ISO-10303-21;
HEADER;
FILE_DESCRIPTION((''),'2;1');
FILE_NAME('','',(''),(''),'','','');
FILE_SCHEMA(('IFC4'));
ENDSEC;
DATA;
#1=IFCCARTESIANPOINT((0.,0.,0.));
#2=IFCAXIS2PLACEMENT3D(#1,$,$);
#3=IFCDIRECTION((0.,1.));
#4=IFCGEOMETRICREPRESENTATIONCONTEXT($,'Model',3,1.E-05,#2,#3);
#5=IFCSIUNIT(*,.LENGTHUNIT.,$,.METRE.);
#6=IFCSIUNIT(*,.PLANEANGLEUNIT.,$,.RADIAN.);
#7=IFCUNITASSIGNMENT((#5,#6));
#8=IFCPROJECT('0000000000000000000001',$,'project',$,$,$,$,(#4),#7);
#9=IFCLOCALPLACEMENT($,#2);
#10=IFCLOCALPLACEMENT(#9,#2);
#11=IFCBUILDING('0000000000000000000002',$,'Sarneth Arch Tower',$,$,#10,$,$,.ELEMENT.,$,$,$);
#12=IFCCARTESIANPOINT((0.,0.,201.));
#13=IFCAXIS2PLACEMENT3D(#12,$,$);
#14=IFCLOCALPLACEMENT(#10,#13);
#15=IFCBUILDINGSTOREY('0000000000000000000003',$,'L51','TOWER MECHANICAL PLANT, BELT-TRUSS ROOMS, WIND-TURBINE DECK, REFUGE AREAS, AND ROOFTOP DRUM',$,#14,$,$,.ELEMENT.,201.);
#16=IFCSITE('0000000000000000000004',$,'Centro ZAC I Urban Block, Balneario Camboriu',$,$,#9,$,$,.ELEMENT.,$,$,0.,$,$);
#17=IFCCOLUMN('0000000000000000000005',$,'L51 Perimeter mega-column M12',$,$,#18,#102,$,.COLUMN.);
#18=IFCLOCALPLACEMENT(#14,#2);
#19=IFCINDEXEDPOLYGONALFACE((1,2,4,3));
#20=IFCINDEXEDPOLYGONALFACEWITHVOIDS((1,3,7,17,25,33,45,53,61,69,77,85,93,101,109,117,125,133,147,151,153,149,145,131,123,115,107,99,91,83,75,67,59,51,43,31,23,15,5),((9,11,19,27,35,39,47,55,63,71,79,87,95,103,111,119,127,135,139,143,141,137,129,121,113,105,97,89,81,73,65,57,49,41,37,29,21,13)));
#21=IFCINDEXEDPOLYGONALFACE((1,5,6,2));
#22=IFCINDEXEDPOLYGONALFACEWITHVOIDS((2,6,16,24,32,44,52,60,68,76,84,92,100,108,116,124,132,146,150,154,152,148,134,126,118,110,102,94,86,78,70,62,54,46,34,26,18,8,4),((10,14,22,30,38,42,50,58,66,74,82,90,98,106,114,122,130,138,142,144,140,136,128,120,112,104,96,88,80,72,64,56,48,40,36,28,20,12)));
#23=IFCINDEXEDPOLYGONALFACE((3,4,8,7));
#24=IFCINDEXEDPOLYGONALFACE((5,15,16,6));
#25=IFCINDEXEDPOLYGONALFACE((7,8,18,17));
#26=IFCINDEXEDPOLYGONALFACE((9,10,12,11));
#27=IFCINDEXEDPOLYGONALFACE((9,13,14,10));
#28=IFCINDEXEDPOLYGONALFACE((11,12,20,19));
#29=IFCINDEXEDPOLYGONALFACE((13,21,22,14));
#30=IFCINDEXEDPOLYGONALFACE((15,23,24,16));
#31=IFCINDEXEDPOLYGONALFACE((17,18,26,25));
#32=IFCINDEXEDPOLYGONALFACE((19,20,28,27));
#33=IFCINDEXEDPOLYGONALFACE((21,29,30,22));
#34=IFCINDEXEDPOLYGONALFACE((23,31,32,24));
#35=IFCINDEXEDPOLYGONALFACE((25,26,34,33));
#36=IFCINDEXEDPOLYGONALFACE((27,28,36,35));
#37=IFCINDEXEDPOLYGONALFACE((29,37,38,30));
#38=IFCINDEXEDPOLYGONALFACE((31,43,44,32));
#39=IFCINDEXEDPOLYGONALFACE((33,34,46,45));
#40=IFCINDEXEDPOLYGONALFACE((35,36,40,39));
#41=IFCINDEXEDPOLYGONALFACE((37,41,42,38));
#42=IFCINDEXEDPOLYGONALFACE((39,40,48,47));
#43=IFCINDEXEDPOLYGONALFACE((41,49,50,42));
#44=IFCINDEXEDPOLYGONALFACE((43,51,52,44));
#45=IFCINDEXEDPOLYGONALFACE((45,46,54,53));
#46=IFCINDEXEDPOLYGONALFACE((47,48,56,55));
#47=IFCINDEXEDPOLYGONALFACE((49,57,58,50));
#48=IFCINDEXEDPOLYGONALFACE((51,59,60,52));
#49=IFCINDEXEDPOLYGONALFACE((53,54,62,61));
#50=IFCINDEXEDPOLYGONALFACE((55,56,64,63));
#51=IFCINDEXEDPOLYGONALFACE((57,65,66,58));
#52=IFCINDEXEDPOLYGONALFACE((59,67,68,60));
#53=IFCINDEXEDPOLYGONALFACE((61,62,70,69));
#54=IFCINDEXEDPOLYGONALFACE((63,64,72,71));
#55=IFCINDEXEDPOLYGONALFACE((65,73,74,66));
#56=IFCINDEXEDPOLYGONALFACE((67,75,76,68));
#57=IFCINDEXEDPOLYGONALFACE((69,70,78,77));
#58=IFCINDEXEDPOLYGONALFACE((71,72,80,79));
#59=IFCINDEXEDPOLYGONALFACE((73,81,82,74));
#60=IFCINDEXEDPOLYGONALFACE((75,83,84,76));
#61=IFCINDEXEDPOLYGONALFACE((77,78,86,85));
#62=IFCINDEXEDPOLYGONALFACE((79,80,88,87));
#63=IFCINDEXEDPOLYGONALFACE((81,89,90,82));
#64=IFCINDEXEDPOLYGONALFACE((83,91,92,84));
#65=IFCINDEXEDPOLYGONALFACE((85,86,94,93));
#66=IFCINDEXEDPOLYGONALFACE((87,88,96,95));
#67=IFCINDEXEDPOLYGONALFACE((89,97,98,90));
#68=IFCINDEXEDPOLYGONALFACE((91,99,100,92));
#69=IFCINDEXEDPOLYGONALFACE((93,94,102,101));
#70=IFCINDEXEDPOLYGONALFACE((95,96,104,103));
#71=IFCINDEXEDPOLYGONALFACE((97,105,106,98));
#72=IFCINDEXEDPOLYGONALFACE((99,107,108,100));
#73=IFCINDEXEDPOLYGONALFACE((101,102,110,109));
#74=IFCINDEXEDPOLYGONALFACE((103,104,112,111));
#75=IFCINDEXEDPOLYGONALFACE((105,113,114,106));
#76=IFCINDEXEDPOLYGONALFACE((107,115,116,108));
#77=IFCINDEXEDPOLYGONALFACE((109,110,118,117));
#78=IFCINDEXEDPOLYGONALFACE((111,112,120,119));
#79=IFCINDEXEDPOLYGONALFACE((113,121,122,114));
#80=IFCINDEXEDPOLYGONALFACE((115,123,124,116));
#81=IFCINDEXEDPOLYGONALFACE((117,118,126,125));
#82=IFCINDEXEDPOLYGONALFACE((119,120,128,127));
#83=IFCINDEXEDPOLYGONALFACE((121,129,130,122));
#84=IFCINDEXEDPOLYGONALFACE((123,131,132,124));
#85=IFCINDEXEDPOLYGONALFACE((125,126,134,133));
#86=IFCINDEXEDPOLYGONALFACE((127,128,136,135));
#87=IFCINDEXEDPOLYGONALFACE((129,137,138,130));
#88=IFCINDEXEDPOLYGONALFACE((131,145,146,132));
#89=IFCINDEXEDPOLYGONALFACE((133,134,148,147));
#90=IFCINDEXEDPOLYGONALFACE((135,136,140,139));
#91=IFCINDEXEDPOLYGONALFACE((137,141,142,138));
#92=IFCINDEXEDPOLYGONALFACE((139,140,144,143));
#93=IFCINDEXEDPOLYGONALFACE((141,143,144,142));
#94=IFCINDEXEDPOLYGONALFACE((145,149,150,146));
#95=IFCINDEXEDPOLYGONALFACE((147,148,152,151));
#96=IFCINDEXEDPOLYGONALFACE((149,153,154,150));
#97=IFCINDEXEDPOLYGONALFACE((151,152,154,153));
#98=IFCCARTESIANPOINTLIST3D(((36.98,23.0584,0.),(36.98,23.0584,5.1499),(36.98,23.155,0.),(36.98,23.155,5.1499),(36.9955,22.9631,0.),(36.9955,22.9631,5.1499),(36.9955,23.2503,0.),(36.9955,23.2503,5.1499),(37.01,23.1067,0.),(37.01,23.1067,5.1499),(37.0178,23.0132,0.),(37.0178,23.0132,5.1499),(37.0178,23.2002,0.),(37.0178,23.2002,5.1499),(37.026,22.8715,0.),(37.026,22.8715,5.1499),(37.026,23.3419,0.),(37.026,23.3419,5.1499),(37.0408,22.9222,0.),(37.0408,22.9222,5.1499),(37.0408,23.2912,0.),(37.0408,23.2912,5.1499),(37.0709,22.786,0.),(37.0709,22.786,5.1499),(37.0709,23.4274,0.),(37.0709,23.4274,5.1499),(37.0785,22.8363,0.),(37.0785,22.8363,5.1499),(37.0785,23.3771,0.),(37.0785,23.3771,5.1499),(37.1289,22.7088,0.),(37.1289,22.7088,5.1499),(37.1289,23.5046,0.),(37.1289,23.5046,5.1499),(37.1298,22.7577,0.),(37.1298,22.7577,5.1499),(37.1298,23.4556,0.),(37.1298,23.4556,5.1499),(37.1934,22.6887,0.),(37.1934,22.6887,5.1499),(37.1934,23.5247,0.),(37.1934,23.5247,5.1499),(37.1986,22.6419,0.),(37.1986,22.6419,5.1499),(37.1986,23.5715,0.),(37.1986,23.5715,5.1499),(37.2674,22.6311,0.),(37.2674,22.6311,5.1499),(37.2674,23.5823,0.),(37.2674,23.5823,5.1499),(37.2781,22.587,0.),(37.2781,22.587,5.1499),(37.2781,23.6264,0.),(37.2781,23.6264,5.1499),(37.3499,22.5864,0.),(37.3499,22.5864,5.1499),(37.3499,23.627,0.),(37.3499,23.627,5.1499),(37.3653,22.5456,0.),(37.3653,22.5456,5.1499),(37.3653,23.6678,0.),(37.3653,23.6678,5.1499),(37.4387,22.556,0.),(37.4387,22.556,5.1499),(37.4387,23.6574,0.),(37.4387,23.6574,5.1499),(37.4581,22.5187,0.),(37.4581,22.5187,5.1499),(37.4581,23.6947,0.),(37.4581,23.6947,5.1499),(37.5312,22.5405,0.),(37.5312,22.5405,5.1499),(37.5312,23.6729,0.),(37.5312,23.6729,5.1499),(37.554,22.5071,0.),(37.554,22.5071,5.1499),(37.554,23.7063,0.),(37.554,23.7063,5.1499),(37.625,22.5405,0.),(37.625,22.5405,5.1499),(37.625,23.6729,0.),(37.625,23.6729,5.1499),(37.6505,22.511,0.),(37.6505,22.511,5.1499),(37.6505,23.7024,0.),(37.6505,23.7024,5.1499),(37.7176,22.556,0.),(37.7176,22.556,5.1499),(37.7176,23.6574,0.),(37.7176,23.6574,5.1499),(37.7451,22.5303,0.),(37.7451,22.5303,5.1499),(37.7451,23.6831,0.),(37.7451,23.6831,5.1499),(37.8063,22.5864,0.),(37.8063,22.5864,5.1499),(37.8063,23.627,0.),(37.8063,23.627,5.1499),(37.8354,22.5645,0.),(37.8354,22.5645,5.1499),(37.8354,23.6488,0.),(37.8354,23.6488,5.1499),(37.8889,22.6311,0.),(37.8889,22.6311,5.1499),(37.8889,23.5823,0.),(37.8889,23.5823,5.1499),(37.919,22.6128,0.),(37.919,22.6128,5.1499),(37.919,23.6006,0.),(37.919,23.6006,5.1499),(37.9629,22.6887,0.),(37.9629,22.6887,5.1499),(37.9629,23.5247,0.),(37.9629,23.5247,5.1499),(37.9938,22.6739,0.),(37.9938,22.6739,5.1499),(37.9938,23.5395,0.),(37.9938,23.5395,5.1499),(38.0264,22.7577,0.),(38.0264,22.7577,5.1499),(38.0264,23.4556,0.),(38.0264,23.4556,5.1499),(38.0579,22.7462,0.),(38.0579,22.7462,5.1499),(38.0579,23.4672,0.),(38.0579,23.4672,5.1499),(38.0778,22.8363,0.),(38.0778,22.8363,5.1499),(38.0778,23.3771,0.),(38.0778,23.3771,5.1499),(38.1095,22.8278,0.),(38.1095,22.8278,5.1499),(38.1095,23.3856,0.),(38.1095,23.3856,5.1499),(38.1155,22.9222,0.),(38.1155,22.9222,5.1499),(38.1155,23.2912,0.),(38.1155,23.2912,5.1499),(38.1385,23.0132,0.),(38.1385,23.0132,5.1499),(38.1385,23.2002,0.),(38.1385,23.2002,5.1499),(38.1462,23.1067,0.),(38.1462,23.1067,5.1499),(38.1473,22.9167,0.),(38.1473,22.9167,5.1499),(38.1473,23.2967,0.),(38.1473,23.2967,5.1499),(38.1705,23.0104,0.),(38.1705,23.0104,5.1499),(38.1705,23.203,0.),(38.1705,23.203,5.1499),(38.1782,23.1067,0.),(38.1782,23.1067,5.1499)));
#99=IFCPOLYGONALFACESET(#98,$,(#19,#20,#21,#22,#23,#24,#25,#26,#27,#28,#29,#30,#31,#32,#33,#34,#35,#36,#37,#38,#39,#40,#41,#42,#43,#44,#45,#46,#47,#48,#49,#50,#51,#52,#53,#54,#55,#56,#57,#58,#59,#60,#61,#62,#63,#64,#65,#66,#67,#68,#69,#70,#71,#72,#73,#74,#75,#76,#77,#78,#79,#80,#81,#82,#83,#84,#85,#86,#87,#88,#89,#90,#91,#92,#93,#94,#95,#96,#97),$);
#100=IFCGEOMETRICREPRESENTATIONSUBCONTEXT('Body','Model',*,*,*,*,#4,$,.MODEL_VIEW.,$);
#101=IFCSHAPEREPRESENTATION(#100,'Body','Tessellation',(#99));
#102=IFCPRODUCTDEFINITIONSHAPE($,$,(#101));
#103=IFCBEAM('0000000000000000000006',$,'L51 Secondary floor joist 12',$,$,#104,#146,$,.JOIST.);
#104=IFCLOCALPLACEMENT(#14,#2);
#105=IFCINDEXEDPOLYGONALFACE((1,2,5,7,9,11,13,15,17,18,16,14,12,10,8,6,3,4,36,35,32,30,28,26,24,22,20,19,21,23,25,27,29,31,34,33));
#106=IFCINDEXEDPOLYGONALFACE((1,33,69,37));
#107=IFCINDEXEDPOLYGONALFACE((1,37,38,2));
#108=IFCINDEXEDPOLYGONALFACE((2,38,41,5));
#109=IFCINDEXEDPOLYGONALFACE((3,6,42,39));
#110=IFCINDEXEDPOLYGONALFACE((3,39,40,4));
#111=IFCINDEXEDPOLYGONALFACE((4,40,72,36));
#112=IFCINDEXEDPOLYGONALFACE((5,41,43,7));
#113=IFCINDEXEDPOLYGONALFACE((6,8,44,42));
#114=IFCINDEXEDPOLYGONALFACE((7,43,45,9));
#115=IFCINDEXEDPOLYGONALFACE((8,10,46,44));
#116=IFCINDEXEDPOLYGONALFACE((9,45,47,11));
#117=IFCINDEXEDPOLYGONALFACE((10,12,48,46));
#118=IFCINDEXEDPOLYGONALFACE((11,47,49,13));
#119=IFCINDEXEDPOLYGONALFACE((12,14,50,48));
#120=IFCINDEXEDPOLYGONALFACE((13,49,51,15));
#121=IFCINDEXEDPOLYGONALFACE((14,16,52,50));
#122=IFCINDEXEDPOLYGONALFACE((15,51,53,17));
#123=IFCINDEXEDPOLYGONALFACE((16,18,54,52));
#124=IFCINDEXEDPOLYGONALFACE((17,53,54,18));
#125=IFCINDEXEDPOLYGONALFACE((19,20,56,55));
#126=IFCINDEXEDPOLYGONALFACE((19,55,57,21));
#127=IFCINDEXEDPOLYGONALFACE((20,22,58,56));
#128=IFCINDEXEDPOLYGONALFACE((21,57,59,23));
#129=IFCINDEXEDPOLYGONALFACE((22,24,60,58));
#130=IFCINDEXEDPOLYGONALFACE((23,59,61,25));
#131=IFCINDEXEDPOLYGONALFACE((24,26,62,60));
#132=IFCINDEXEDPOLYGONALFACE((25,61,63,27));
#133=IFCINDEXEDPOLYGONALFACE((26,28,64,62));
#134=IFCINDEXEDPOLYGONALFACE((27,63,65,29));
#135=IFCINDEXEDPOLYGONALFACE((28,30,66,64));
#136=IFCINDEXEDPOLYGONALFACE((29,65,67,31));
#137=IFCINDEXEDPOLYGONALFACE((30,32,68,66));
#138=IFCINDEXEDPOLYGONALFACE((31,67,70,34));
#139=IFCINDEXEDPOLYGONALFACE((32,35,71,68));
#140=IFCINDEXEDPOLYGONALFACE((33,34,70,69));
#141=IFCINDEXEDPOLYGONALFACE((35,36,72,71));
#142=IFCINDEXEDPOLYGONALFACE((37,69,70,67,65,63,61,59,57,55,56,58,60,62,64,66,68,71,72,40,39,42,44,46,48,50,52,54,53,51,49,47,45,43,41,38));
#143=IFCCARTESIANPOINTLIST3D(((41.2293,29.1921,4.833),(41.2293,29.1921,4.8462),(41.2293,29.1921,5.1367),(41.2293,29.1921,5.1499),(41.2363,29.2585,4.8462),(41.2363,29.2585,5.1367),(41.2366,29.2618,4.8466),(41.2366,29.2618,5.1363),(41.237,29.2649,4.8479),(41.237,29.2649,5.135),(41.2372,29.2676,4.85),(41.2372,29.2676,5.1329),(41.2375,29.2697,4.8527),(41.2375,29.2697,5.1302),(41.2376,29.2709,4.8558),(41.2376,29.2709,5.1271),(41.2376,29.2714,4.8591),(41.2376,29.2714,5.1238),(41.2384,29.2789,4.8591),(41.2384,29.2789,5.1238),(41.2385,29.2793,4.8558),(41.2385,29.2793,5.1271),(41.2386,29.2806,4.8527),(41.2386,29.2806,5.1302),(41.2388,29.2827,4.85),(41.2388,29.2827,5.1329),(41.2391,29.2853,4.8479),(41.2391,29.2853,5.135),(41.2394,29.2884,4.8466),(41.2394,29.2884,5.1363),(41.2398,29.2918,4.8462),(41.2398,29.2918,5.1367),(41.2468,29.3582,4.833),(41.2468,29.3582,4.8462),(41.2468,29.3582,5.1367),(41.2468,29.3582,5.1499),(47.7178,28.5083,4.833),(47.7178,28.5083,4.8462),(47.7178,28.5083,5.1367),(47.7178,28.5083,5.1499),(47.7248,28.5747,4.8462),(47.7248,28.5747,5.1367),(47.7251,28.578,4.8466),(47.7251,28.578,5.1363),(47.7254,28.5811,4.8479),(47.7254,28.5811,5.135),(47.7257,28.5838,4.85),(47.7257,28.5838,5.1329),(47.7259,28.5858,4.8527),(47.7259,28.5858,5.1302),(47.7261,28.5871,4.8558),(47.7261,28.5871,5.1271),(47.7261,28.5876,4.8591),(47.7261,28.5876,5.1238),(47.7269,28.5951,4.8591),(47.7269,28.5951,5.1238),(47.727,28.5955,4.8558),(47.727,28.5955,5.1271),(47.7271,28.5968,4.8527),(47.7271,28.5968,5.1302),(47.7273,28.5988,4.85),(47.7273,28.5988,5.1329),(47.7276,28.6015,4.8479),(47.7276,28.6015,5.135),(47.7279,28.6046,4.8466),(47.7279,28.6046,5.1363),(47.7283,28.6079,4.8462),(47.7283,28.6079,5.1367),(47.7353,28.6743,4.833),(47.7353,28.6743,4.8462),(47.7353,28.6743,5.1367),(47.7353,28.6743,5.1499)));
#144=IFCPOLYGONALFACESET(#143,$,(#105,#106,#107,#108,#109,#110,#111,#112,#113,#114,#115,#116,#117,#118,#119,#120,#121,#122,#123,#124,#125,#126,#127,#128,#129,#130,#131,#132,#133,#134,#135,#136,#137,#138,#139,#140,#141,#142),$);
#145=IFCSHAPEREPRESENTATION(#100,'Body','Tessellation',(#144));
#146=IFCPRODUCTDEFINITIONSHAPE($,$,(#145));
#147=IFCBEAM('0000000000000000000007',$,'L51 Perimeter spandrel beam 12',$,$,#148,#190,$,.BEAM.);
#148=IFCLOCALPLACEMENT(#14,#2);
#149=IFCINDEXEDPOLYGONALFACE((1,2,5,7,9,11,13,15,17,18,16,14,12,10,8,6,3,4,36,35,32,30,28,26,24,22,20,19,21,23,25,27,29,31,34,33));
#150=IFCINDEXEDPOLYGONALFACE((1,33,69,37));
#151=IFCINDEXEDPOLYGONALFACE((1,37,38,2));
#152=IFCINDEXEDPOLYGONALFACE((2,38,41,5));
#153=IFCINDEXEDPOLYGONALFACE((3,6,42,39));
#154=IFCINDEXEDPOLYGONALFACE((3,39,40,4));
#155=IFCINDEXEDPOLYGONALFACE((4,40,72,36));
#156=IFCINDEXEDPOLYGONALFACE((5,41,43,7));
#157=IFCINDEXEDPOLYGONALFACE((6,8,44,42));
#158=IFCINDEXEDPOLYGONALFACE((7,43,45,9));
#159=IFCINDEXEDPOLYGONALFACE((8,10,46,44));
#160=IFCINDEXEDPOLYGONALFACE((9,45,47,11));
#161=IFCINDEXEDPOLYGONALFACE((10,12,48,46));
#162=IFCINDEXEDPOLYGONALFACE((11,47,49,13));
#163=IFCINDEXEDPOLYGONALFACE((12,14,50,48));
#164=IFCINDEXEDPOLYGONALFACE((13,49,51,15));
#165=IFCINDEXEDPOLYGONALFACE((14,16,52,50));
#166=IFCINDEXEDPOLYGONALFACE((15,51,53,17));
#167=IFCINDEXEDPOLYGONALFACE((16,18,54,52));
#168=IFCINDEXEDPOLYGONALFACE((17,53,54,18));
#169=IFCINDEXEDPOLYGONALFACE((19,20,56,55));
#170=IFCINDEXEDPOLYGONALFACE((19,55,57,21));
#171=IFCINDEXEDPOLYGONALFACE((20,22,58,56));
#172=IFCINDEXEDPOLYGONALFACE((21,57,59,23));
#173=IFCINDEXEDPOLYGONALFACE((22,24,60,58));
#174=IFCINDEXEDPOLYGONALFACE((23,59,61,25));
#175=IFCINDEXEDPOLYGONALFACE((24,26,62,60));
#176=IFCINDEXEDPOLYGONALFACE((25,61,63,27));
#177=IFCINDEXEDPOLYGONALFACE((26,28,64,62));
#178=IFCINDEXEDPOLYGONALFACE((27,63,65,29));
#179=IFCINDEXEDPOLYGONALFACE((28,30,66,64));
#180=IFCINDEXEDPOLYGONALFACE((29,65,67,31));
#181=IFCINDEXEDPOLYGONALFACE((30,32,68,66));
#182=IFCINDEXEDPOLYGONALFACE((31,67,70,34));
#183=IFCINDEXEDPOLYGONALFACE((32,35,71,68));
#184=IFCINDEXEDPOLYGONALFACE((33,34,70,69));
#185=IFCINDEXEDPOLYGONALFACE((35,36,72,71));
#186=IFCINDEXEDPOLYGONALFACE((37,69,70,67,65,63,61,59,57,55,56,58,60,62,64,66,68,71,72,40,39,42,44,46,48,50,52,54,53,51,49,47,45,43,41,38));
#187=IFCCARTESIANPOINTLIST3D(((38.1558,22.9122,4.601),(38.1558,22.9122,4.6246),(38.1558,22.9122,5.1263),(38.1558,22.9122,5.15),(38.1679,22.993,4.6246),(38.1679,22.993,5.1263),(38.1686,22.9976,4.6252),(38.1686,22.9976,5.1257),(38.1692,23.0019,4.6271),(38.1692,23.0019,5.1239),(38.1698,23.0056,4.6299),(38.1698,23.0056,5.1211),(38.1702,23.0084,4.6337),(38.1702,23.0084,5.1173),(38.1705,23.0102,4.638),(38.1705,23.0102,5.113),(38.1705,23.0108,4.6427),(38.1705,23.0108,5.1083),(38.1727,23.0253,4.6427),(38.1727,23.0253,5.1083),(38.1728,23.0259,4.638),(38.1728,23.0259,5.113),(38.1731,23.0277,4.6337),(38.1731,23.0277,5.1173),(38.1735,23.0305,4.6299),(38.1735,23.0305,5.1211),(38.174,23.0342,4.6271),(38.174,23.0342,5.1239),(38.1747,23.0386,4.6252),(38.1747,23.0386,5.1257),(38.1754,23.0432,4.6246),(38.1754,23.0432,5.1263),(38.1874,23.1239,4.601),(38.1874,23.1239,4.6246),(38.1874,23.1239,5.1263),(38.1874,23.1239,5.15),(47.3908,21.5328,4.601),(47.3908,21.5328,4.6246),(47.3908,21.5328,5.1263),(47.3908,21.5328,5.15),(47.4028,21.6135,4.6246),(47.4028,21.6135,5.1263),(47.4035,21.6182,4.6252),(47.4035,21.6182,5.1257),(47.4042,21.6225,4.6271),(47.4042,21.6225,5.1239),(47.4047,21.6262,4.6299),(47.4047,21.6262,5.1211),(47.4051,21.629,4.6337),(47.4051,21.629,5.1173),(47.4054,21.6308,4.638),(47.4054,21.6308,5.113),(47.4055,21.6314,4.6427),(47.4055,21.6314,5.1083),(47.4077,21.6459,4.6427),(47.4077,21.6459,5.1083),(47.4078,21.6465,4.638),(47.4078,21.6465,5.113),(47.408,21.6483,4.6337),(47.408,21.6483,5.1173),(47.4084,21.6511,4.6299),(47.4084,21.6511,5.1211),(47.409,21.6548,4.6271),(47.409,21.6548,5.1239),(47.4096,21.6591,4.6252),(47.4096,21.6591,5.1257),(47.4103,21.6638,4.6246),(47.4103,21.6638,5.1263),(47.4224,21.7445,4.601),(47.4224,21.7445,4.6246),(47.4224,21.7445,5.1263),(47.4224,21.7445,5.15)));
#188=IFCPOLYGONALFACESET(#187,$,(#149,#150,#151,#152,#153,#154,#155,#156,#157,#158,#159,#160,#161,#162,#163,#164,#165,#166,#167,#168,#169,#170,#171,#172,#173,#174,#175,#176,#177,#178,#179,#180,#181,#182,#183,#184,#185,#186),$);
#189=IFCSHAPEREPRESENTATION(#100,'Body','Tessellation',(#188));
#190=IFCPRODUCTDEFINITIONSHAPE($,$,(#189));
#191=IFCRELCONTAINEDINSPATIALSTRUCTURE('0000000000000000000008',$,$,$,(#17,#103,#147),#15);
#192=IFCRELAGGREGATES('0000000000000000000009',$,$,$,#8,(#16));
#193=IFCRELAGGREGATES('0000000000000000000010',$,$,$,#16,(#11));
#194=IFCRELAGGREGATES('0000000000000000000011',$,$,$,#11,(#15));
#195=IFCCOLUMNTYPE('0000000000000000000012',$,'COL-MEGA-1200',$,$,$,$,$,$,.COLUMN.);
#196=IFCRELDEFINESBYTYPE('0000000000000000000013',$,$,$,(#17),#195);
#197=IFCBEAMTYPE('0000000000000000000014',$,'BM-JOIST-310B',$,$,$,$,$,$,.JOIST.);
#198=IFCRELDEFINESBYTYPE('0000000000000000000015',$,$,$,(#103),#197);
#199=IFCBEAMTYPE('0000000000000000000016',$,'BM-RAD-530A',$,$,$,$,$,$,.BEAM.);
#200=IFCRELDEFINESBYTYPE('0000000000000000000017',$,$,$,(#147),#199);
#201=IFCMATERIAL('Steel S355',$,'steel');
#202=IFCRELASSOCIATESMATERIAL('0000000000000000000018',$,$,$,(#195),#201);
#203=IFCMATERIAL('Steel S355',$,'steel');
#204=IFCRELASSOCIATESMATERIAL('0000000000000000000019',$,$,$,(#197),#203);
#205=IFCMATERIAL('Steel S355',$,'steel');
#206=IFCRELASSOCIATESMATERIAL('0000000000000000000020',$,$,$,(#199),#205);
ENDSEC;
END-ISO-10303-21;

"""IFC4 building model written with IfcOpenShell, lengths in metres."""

from ifc_helpers import new_model, si_unit, direction, frame, origin, origin_2d, place, context, subcontext, project, spatial, hollow_circle, i_section, extrude, material, material_profile, profile_set, type_object, element, save


model = new_model("IFC4")

# Units and contexts
model_context = context("Model", 3, precision=1e-05, world=origin(), true_north=direction((0.0, 1.0)))
body_context = subcontext(model_context, "Body", "Model", "MODEL_VIEW")
ifc_project = project(units=[si_unit("LENGTHUNIT", "METRE"), si_unit("PLANEANGLEUNIT", "RADIAN")], contexts=[model_context])

# Site, building, storey
site_placement = place(None, origin())
site = spatial("IfcSite", under=ifc_project, at=site_placement, Name="Centro ZAC I Urban Block, Balneario Camboriu", CompositionType="ELEMENT", RefElevation=0.0)
building_placement = place(site_placement, origin())
building = spatial("IfcBuilding", under=site, at=building_placement, Name="Sarneth Arch Tower", CompositionType="ELEMENT")
storey_placement = place(building_placement, frame((0.0, 0.0, 201.0)))
storey = spatial("IfcBuildingStorey", under=building, at=storey_placement, Name="L51", Description="TOWER MECHANICAL PLANT, BELT-TRUSS ROOMS, WIND-TURBINE DECK, REFUGE AREAS, AND ROOFTOP DRUM", CompositionType="ELEMENT", Elevation=201.0)

# Column
ifc_material_1 = material(Name="Steel S355", Category="steel")
ifc_material_profile_1 = material_profile(ifc_material_1, hollow_circle(Radius=0.6001, WallThickness=0.032, at=origin_2d()), Name="CHS1200x32")
ifc_profile_set_1 = profile_set([ifc_material_profile_1], Name="Steel S355")
column_type = type_object("IfcColumnType", Name="COL-MEGA-1200", PredefinedType="COLUMN", material=ifc_profile_set_1)
column_placement = place(storey_placement, frame((37.5781, 23.1067, 0.0), z_axis=(0.0, 0.0, 1.0), x_axis=(1.0, 0.0, 0.0)))
element("IfcColumn", 1, at=column_placement, inside=storey, type_object=column_type, Name="L51 Perimeter mega-column M12", PredefinedType="COLUMN", context=body_context, shape_type="SweptSolid", body=[
    extrude(hollow_circle(Radius=0.6001, WallThickness=0.032, at=origin_2d()), origin(), (0.0, 0.0, 1.0), 5.1499),
])

# Beams
ifc_material_2 = material(Name="Steel S355", Category="steel")
ifc_material_profile_2 = material_profile(ifc_material_2, i_section(OverallWidth=0.167, OverallDepth=0.3169, WebThickness=0.0076, FlangeThickness=0.0132, FilletRadius=0.0129, at=origin_2d()), Name="W310x52")
ifc_profile_set_2 = profile_set([ifc_material_profile_2], Name="Steel S355")
beam_type_1 = type_object("IfcBeamType", Name="BM-JOIST-310B", PredefinedType="JOIST", material=ifc_profile_set_2)
beam_1_placement = place(storey_placement, frame((41.238, 29.2751, 4.9915), z_axis=(0.994492, -0.104811, 0.0), x_axis=(0.104811, 0.994492, 0.0)))
element("IfcBeam", 2, at=beam_1_placement, inside=storey, type_object=beam_type_1, Name="L51 Secondary floor joist 12", PredefinedType="JOIST", context=body_context, shape_type="SweptSolid", body=[
    extrude(i_section(OverallWidth=0.167, OverallDepth=0.3169, WebThickness=0.0076, FlangeThickness=0.0132, FilletRadius=0.0129, at=origin_2d()), origin(), (0.0, 0.0, 1.0), 6.5244),
])
ifc_material_3 = material(Name="Steel S355", Category="steel")
ifc_material_profile_3 = material_profile(ifc_material_3, i_section(OverallWidth=0.2141, OverallDepth=0.5491, WebThickness=0.0146, FlangeThickness=0.0237, FilletRadius=0.0181, at=origin_2d()), Name="W530x138")
ifc_profile_set_3 = profile_set([ifc_material_profile_3], Name="Steel S355")
beam_type_2 = type_object("IfcBeamType", Name="BM-RAD-530A", PredefinedType="BEAM", material=ifc_profile_set_3)
beam_2_placement = place(storey_placement, frame((38.1716, 23.0181, 4.8755), z_axis=(0.989028, -0.147729, 0.0), x_axis=(0.147729, 0.989028, 0.0)))
element("IfcBeam", 3, at=beam_2_placement, inside=storey, type_object=beam_type_2, Name="L51 Perimeter spandrel beam 12", PredefinedType="BEAM", context=body_context, shape_type="SweptSolid", body=[
    extrude(i_section(OverallWidth=0.2141, OverallDepth=0.5491, WebThickness=0.0146, FlangeThickness=0.0237, FilletRadius=0.0181, at=origin_2d()), origin(), (0.0, 0.0, 1.0), 9.3374),
])

save(model, "model.ifc")
